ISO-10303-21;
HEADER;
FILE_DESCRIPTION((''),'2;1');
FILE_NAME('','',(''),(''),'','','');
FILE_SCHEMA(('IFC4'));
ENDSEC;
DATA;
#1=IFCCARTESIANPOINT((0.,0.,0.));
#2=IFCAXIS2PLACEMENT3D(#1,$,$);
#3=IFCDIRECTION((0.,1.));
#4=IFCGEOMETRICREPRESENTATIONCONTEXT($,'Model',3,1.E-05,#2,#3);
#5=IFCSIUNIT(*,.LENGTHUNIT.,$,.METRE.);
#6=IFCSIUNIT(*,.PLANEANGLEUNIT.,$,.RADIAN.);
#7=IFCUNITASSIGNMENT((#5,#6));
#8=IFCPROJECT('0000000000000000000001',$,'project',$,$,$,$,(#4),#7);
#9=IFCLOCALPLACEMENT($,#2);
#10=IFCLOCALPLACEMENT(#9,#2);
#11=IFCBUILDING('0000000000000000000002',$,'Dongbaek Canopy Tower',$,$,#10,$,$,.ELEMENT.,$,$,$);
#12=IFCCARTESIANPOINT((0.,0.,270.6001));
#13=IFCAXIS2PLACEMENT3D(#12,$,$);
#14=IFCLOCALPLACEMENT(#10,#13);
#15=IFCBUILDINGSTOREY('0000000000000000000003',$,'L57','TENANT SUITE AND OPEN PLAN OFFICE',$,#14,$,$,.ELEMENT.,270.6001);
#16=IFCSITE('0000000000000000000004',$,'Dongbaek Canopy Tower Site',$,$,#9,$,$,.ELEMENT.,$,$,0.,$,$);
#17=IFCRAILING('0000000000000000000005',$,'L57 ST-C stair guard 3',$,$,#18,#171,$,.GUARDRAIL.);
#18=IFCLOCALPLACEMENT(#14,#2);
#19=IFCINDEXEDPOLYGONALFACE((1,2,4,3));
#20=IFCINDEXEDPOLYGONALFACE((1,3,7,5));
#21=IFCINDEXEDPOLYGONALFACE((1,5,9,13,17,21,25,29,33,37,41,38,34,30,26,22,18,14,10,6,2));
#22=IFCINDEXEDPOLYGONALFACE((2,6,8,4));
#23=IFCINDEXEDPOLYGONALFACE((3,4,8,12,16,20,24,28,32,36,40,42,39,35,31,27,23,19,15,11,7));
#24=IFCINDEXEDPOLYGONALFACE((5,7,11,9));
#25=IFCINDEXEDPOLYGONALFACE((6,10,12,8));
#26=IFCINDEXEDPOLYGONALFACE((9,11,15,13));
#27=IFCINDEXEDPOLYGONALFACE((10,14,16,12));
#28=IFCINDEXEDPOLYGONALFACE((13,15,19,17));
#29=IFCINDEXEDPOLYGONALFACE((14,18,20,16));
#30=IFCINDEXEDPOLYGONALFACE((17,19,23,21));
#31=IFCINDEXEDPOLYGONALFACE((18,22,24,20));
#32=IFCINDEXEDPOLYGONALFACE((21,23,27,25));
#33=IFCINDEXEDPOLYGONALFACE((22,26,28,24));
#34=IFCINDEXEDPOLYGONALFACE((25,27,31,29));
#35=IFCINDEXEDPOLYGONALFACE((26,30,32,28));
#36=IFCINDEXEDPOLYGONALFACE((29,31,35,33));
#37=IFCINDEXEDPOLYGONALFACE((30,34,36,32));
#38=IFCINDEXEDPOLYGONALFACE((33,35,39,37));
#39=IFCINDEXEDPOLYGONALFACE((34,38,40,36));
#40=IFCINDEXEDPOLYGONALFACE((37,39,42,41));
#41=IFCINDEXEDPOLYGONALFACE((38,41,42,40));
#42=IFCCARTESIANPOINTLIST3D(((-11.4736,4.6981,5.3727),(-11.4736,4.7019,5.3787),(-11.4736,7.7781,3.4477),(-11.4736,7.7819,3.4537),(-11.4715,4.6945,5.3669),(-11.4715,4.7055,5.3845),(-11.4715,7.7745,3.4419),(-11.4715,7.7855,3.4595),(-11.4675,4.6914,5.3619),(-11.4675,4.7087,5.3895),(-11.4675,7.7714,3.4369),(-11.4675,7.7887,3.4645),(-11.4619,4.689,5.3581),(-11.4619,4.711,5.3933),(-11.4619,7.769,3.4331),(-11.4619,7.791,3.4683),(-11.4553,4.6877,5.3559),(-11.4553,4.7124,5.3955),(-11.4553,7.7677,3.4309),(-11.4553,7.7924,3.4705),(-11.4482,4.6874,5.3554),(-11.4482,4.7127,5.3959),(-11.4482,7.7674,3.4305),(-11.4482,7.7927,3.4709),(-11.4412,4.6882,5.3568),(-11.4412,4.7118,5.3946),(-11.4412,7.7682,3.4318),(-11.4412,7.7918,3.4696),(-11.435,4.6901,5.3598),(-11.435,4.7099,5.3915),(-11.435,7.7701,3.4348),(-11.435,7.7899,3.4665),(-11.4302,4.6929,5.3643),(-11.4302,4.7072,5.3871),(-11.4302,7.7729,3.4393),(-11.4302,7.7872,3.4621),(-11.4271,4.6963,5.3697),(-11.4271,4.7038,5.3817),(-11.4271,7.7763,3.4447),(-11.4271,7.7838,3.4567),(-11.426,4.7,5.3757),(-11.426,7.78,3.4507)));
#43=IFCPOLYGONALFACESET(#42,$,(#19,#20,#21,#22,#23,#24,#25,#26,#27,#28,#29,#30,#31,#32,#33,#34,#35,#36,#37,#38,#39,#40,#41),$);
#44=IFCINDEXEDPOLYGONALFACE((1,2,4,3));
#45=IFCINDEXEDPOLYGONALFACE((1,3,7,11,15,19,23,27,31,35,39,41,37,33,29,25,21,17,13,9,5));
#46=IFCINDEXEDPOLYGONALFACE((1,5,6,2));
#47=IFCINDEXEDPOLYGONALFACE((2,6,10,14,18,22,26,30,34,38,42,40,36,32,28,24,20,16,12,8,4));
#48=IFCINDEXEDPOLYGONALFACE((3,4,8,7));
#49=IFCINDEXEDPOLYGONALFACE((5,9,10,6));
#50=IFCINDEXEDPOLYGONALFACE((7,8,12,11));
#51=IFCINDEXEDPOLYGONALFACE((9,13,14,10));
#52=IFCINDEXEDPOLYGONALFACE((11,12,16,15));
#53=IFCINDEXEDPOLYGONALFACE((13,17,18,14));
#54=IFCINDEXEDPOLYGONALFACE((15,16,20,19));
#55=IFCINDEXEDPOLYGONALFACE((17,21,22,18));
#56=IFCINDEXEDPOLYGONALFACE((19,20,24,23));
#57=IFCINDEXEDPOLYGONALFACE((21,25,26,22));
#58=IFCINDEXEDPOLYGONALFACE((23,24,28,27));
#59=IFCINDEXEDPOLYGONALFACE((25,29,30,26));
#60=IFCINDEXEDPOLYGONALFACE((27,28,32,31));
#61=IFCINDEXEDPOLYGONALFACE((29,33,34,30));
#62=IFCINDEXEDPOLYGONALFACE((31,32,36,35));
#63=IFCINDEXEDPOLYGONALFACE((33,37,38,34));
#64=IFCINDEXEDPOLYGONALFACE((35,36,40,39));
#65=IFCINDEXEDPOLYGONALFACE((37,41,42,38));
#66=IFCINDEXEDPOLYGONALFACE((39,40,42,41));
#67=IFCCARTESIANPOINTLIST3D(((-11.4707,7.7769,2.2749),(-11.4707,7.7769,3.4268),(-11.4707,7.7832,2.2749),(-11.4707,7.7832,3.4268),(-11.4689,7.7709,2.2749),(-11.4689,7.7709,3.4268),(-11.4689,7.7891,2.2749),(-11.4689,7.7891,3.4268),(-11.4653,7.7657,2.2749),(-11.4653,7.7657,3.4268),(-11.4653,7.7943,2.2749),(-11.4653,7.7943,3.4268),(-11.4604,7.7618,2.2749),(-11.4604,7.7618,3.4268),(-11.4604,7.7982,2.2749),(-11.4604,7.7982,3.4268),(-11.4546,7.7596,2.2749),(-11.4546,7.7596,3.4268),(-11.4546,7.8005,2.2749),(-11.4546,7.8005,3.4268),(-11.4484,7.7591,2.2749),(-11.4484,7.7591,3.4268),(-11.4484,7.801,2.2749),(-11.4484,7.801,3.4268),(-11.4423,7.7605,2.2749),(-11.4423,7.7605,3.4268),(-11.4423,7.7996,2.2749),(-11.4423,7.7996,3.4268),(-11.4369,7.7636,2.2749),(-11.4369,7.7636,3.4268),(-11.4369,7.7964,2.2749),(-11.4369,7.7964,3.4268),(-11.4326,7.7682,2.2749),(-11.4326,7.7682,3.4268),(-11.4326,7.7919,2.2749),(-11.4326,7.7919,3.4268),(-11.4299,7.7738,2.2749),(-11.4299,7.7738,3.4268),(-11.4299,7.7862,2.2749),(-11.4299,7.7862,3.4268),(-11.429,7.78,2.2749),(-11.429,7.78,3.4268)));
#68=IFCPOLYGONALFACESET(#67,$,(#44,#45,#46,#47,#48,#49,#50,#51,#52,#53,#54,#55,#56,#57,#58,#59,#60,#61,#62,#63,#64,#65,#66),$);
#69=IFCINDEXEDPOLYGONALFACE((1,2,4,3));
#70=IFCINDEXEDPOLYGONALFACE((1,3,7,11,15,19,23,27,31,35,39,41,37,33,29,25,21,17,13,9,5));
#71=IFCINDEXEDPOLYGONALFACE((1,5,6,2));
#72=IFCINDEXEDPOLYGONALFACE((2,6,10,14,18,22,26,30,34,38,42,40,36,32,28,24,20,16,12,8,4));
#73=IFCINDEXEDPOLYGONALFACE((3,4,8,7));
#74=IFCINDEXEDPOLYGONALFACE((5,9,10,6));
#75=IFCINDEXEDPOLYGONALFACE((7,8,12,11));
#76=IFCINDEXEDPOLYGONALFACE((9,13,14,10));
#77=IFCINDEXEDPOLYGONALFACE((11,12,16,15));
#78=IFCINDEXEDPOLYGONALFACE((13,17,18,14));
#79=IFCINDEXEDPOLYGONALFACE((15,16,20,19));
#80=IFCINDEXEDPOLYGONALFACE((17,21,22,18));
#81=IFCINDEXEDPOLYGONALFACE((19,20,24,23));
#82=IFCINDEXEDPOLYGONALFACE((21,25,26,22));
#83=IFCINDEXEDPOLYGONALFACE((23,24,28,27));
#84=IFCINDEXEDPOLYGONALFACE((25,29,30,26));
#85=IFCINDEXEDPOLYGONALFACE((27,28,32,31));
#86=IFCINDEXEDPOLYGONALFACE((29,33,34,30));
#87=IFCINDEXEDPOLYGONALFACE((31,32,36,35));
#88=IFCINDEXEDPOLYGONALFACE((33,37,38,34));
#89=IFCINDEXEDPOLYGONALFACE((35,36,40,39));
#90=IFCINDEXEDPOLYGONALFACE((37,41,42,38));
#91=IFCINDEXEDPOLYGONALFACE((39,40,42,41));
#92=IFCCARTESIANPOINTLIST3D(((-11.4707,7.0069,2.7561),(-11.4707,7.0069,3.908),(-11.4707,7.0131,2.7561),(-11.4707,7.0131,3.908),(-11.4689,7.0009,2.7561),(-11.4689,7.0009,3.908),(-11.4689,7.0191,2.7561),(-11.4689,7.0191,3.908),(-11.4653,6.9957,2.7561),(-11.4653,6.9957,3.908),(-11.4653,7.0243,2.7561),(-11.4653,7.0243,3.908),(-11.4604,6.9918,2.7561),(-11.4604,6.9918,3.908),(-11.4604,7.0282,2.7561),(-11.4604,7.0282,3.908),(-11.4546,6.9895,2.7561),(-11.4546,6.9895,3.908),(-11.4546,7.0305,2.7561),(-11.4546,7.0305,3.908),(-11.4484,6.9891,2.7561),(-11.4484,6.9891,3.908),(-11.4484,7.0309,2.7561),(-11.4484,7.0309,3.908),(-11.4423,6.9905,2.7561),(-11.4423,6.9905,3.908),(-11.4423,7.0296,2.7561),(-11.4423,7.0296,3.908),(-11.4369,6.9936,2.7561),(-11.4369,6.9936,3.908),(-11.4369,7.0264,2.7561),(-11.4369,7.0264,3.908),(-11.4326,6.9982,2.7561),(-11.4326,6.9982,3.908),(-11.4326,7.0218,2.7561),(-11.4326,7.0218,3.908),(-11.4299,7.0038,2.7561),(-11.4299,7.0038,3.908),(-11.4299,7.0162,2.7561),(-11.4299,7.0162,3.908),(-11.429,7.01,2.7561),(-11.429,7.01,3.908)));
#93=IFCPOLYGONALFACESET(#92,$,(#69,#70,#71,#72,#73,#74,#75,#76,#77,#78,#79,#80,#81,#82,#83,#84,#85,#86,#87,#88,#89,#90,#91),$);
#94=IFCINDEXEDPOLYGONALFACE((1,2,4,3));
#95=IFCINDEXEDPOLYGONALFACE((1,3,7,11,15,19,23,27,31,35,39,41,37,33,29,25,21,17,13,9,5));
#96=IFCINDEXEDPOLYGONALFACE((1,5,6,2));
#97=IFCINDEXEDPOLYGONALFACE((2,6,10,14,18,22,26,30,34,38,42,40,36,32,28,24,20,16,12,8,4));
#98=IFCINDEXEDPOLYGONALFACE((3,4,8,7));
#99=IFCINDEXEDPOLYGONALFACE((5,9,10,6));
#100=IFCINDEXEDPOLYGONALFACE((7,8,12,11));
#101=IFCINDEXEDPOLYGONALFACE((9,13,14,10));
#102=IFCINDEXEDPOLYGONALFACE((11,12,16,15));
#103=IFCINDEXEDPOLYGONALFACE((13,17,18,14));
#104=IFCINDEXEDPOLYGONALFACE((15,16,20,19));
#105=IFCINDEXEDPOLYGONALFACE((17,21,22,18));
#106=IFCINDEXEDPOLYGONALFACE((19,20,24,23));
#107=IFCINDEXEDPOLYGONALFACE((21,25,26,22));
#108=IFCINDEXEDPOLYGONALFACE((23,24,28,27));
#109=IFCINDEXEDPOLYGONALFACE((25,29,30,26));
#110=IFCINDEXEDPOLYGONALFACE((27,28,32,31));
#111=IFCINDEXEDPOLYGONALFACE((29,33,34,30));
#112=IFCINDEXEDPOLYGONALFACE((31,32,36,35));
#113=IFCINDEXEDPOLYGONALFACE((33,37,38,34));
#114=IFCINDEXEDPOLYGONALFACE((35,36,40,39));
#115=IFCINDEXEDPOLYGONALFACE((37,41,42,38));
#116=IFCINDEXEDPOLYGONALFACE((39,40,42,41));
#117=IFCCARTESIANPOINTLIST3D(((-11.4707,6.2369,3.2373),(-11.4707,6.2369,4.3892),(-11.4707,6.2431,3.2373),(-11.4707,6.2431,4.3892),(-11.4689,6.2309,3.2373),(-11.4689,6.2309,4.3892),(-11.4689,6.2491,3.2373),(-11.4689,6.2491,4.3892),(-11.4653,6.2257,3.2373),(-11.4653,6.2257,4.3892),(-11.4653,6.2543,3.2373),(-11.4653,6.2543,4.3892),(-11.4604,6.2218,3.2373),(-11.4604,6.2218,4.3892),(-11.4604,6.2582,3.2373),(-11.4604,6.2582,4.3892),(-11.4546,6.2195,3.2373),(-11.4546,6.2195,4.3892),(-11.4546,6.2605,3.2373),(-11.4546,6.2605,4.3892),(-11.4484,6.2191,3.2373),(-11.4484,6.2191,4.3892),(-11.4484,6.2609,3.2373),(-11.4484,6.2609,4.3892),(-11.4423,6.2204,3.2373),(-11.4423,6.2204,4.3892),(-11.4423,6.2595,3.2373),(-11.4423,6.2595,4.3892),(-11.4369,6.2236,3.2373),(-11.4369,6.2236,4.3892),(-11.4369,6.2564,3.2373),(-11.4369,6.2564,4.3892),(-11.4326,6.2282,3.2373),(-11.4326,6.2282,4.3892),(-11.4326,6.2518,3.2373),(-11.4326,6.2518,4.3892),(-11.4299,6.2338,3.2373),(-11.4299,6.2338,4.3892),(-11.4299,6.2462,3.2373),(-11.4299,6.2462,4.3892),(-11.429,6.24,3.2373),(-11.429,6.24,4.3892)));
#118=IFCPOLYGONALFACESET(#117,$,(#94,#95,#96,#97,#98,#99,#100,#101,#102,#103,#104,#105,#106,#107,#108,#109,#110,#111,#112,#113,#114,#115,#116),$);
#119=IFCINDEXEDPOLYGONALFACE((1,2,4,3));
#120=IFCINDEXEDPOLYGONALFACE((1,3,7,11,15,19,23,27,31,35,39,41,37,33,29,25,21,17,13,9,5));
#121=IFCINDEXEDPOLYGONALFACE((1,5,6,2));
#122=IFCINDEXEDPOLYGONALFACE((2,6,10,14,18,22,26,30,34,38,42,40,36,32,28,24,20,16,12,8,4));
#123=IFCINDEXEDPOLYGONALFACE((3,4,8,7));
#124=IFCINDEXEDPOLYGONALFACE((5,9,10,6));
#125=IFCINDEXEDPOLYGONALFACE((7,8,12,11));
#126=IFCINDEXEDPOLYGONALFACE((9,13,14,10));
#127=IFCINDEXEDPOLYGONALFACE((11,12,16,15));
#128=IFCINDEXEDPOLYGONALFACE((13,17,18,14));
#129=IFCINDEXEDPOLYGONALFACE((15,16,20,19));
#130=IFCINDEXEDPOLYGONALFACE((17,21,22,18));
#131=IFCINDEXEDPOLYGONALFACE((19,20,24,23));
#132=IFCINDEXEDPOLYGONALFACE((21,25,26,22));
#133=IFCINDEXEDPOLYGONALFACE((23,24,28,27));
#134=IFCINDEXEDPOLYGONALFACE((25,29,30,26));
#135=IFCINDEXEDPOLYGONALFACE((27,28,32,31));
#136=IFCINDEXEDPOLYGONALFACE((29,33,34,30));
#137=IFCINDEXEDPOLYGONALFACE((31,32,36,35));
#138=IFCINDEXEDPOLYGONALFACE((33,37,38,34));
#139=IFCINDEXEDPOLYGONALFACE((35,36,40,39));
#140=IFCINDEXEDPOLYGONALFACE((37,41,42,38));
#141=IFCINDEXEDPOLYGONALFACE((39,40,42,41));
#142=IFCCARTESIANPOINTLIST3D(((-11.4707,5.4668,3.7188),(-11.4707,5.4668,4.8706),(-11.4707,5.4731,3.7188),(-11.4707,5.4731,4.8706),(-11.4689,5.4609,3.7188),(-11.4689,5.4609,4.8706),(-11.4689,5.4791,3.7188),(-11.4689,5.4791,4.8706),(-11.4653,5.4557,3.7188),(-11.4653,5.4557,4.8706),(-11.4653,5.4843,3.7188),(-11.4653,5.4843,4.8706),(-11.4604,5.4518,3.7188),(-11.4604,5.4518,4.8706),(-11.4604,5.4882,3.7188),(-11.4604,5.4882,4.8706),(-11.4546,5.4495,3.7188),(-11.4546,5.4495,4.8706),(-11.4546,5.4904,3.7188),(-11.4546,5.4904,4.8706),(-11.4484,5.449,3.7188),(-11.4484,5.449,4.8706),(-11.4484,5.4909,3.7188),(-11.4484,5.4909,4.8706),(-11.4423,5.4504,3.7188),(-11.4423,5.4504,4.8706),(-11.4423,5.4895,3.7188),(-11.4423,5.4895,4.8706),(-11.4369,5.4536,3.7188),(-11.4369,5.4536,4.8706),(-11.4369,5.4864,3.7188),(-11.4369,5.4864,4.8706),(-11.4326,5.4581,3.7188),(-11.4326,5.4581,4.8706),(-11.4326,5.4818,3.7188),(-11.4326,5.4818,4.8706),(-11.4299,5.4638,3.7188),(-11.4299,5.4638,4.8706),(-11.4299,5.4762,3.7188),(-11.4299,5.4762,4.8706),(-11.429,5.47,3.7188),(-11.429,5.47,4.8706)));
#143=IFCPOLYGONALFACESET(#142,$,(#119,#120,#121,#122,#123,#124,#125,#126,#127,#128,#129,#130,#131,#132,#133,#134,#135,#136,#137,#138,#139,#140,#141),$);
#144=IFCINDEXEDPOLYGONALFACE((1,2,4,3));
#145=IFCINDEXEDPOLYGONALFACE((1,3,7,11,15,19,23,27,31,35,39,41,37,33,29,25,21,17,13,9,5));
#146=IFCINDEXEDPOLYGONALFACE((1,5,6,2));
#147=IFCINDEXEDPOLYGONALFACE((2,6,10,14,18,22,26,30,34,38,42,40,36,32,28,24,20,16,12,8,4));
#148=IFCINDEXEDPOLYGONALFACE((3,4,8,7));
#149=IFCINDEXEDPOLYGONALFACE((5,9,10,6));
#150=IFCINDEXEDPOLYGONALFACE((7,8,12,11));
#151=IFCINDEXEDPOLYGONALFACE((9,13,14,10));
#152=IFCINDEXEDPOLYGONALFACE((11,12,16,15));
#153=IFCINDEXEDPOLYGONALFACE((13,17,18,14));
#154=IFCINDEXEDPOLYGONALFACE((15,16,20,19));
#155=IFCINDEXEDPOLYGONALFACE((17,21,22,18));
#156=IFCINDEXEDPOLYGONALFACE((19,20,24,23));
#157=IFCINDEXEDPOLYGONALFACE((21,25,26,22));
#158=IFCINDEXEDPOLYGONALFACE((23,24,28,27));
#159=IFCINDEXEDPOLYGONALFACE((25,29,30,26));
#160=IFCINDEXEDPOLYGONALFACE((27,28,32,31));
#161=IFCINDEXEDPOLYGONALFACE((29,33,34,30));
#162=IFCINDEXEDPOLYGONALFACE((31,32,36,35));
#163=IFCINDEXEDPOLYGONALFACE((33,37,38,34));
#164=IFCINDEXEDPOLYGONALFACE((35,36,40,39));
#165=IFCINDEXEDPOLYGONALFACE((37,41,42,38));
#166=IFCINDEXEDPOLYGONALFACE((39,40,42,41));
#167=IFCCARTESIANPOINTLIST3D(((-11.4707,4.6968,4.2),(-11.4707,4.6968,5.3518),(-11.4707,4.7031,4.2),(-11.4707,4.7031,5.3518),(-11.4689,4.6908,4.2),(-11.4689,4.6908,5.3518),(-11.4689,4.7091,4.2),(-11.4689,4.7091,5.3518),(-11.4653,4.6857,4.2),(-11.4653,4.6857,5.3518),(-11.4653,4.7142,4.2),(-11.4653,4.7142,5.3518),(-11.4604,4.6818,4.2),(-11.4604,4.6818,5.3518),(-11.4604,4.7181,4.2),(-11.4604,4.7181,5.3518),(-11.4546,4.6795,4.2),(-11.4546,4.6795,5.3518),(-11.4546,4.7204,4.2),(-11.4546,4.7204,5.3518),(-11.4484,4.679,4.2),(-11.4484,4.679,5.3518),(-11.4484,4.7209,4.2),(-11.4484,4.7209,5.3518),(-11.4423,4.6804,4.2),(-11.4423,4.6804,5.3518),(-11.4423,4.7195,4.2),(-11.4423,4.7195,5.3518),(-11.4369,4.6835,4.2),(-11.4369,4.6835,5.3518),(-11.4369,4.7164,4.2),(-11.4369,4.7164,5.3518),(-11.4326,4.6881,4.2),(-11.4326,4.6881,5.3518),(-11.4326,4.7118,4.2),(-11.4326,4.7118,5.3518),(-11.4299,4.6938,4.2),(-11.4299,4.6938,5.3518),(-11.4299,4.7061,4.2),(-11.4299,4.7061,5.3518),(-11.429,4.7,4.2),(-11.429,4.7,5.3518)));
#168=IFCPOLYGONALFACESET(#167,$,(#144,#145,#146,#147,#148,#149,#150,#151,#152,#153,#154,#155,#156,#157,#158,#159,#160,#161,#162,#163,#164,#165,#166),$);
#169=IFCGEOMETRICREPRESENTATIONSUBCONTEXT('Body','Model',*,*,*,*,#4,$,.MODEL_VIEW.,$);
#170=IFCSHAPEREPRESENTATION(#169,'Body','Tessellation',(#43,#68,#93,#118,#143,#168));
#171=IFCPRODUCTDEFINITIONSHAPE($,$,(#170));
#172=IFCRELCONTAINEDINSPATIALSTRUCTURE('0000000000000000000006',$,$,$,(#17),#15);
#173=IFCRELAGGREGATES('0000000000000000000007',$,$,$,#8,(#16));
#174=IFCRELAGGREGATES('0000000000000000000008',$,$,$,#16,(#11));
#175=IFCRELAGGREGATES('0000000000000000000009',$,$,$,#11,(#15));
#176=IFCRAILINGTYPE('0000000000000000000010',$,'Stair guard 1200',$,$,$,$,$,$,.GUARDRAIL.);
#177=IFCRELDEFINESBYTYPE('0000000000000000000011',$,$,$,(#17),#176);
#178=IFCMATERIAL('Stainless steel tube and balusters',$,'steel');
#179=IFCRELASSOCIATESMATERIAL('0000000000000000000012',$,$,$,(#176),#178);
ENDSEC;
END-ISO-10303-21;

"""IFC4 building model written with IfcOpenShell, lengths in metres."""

from ifc_helpers import new_model, si_unit, direction, frame, origin, origin_2d, place, context, subcontext, project, spatial, circle, extrude, material, type_object, element, save


model = new_model("IFC4")

# Units and contexts
model_context = context("Model", 3, precision=1e-05, world=origin(), true_north=direction((0.0, 1.0)))
body_context = subcontext(model_context, "Body", "Model", "MODEL_VIEW")
ifc_project = project(units=[si_unit("LENGTHUNIT", "METRE"), si_unit("PLANEANGLEUNIT", "RADIAN")], contexts=[model_context])

# Site, building, storey
site_placement = place(None, origin())
site = spatial("IfcSite", under=ifc_project, at=site_placement, Name="Dongbaek Canopy Tower Site", CompositionType="ELEMENT", RefElevation=0.0)
building_placement = place(site_placement, origin())
building = spatial("IfcBuilding", under=site, at=building_placement, Name="Dongbaek Canopy Tower", CompositionType="ELEMENT")
storey_placement = place(building_placement, frame((0.0, 0.0, 270.6001)))
storey = spatial("IfcBuildingStorey", under=building, at=storey_placement, Name="L57", Description="TENANT SUITE AND OPEN PLAN OFFICE", CompositionType="ELEMENT", Elevation=270.6001)

# Railing
ifc_material_1 = material(Name="Stainless steel tube and balusters", Category="steel")
railing_type_1 = type_object("IfcRailingType", Name="Stair guard 1200", PredefinedType="GUARDRAIL", material=ifc_material_1)
railing_1_placement = place(storey_placement, frame((-11.45, 7.78, 2.2749)))
element("IfcRailing", 1, at=railing_1_placement, inside=storey, type_object=railing_type_1, Name="L57 ST-C stair guard 3", PredefinedType="GUARDRAIL", context=body_context, shape_type="SweptSolid", body=[
    extrude(circle(Radius=0.0239, at=origin_2d()), frame((0.0, 0.0, 1.1758), z_axis=(0.0, -0.847998, 0.529999), x_axis=(1.0, 0.0, 0.0)), (0.0, 0.0, 1.0), 3.6321),
    extrude(circle(Radius=0.021, at=origin_2d()), origin(), (0.0, 0.0, 1.0), 1.1519),
    extrude(circle(Radius=0.021, at=origin_2d()), frame((0.0, -0.77, 0.4812)), (0.0, 0.0, 1.0), 1.1519),
    extrude(circle(Radius=0.021, at=origin_2d()), frame((0.0, -1.54, 0.9624)), (0.0, 0.0, 1.0), 1.1519),
    extrude(circle(Radius=0.021, at=origin_2d()), frame((0.0, -2.3101, 1.4438)), (0.0, 0.0, 1.0), 1.1519),
    extrude(circle(Radius=0.021, at=origin_2d()), frame((0.0, -3.0801, 1.925)), (0.0, 0.0, 1.0), 1.1519),
])

save(model, "model.ifc")
